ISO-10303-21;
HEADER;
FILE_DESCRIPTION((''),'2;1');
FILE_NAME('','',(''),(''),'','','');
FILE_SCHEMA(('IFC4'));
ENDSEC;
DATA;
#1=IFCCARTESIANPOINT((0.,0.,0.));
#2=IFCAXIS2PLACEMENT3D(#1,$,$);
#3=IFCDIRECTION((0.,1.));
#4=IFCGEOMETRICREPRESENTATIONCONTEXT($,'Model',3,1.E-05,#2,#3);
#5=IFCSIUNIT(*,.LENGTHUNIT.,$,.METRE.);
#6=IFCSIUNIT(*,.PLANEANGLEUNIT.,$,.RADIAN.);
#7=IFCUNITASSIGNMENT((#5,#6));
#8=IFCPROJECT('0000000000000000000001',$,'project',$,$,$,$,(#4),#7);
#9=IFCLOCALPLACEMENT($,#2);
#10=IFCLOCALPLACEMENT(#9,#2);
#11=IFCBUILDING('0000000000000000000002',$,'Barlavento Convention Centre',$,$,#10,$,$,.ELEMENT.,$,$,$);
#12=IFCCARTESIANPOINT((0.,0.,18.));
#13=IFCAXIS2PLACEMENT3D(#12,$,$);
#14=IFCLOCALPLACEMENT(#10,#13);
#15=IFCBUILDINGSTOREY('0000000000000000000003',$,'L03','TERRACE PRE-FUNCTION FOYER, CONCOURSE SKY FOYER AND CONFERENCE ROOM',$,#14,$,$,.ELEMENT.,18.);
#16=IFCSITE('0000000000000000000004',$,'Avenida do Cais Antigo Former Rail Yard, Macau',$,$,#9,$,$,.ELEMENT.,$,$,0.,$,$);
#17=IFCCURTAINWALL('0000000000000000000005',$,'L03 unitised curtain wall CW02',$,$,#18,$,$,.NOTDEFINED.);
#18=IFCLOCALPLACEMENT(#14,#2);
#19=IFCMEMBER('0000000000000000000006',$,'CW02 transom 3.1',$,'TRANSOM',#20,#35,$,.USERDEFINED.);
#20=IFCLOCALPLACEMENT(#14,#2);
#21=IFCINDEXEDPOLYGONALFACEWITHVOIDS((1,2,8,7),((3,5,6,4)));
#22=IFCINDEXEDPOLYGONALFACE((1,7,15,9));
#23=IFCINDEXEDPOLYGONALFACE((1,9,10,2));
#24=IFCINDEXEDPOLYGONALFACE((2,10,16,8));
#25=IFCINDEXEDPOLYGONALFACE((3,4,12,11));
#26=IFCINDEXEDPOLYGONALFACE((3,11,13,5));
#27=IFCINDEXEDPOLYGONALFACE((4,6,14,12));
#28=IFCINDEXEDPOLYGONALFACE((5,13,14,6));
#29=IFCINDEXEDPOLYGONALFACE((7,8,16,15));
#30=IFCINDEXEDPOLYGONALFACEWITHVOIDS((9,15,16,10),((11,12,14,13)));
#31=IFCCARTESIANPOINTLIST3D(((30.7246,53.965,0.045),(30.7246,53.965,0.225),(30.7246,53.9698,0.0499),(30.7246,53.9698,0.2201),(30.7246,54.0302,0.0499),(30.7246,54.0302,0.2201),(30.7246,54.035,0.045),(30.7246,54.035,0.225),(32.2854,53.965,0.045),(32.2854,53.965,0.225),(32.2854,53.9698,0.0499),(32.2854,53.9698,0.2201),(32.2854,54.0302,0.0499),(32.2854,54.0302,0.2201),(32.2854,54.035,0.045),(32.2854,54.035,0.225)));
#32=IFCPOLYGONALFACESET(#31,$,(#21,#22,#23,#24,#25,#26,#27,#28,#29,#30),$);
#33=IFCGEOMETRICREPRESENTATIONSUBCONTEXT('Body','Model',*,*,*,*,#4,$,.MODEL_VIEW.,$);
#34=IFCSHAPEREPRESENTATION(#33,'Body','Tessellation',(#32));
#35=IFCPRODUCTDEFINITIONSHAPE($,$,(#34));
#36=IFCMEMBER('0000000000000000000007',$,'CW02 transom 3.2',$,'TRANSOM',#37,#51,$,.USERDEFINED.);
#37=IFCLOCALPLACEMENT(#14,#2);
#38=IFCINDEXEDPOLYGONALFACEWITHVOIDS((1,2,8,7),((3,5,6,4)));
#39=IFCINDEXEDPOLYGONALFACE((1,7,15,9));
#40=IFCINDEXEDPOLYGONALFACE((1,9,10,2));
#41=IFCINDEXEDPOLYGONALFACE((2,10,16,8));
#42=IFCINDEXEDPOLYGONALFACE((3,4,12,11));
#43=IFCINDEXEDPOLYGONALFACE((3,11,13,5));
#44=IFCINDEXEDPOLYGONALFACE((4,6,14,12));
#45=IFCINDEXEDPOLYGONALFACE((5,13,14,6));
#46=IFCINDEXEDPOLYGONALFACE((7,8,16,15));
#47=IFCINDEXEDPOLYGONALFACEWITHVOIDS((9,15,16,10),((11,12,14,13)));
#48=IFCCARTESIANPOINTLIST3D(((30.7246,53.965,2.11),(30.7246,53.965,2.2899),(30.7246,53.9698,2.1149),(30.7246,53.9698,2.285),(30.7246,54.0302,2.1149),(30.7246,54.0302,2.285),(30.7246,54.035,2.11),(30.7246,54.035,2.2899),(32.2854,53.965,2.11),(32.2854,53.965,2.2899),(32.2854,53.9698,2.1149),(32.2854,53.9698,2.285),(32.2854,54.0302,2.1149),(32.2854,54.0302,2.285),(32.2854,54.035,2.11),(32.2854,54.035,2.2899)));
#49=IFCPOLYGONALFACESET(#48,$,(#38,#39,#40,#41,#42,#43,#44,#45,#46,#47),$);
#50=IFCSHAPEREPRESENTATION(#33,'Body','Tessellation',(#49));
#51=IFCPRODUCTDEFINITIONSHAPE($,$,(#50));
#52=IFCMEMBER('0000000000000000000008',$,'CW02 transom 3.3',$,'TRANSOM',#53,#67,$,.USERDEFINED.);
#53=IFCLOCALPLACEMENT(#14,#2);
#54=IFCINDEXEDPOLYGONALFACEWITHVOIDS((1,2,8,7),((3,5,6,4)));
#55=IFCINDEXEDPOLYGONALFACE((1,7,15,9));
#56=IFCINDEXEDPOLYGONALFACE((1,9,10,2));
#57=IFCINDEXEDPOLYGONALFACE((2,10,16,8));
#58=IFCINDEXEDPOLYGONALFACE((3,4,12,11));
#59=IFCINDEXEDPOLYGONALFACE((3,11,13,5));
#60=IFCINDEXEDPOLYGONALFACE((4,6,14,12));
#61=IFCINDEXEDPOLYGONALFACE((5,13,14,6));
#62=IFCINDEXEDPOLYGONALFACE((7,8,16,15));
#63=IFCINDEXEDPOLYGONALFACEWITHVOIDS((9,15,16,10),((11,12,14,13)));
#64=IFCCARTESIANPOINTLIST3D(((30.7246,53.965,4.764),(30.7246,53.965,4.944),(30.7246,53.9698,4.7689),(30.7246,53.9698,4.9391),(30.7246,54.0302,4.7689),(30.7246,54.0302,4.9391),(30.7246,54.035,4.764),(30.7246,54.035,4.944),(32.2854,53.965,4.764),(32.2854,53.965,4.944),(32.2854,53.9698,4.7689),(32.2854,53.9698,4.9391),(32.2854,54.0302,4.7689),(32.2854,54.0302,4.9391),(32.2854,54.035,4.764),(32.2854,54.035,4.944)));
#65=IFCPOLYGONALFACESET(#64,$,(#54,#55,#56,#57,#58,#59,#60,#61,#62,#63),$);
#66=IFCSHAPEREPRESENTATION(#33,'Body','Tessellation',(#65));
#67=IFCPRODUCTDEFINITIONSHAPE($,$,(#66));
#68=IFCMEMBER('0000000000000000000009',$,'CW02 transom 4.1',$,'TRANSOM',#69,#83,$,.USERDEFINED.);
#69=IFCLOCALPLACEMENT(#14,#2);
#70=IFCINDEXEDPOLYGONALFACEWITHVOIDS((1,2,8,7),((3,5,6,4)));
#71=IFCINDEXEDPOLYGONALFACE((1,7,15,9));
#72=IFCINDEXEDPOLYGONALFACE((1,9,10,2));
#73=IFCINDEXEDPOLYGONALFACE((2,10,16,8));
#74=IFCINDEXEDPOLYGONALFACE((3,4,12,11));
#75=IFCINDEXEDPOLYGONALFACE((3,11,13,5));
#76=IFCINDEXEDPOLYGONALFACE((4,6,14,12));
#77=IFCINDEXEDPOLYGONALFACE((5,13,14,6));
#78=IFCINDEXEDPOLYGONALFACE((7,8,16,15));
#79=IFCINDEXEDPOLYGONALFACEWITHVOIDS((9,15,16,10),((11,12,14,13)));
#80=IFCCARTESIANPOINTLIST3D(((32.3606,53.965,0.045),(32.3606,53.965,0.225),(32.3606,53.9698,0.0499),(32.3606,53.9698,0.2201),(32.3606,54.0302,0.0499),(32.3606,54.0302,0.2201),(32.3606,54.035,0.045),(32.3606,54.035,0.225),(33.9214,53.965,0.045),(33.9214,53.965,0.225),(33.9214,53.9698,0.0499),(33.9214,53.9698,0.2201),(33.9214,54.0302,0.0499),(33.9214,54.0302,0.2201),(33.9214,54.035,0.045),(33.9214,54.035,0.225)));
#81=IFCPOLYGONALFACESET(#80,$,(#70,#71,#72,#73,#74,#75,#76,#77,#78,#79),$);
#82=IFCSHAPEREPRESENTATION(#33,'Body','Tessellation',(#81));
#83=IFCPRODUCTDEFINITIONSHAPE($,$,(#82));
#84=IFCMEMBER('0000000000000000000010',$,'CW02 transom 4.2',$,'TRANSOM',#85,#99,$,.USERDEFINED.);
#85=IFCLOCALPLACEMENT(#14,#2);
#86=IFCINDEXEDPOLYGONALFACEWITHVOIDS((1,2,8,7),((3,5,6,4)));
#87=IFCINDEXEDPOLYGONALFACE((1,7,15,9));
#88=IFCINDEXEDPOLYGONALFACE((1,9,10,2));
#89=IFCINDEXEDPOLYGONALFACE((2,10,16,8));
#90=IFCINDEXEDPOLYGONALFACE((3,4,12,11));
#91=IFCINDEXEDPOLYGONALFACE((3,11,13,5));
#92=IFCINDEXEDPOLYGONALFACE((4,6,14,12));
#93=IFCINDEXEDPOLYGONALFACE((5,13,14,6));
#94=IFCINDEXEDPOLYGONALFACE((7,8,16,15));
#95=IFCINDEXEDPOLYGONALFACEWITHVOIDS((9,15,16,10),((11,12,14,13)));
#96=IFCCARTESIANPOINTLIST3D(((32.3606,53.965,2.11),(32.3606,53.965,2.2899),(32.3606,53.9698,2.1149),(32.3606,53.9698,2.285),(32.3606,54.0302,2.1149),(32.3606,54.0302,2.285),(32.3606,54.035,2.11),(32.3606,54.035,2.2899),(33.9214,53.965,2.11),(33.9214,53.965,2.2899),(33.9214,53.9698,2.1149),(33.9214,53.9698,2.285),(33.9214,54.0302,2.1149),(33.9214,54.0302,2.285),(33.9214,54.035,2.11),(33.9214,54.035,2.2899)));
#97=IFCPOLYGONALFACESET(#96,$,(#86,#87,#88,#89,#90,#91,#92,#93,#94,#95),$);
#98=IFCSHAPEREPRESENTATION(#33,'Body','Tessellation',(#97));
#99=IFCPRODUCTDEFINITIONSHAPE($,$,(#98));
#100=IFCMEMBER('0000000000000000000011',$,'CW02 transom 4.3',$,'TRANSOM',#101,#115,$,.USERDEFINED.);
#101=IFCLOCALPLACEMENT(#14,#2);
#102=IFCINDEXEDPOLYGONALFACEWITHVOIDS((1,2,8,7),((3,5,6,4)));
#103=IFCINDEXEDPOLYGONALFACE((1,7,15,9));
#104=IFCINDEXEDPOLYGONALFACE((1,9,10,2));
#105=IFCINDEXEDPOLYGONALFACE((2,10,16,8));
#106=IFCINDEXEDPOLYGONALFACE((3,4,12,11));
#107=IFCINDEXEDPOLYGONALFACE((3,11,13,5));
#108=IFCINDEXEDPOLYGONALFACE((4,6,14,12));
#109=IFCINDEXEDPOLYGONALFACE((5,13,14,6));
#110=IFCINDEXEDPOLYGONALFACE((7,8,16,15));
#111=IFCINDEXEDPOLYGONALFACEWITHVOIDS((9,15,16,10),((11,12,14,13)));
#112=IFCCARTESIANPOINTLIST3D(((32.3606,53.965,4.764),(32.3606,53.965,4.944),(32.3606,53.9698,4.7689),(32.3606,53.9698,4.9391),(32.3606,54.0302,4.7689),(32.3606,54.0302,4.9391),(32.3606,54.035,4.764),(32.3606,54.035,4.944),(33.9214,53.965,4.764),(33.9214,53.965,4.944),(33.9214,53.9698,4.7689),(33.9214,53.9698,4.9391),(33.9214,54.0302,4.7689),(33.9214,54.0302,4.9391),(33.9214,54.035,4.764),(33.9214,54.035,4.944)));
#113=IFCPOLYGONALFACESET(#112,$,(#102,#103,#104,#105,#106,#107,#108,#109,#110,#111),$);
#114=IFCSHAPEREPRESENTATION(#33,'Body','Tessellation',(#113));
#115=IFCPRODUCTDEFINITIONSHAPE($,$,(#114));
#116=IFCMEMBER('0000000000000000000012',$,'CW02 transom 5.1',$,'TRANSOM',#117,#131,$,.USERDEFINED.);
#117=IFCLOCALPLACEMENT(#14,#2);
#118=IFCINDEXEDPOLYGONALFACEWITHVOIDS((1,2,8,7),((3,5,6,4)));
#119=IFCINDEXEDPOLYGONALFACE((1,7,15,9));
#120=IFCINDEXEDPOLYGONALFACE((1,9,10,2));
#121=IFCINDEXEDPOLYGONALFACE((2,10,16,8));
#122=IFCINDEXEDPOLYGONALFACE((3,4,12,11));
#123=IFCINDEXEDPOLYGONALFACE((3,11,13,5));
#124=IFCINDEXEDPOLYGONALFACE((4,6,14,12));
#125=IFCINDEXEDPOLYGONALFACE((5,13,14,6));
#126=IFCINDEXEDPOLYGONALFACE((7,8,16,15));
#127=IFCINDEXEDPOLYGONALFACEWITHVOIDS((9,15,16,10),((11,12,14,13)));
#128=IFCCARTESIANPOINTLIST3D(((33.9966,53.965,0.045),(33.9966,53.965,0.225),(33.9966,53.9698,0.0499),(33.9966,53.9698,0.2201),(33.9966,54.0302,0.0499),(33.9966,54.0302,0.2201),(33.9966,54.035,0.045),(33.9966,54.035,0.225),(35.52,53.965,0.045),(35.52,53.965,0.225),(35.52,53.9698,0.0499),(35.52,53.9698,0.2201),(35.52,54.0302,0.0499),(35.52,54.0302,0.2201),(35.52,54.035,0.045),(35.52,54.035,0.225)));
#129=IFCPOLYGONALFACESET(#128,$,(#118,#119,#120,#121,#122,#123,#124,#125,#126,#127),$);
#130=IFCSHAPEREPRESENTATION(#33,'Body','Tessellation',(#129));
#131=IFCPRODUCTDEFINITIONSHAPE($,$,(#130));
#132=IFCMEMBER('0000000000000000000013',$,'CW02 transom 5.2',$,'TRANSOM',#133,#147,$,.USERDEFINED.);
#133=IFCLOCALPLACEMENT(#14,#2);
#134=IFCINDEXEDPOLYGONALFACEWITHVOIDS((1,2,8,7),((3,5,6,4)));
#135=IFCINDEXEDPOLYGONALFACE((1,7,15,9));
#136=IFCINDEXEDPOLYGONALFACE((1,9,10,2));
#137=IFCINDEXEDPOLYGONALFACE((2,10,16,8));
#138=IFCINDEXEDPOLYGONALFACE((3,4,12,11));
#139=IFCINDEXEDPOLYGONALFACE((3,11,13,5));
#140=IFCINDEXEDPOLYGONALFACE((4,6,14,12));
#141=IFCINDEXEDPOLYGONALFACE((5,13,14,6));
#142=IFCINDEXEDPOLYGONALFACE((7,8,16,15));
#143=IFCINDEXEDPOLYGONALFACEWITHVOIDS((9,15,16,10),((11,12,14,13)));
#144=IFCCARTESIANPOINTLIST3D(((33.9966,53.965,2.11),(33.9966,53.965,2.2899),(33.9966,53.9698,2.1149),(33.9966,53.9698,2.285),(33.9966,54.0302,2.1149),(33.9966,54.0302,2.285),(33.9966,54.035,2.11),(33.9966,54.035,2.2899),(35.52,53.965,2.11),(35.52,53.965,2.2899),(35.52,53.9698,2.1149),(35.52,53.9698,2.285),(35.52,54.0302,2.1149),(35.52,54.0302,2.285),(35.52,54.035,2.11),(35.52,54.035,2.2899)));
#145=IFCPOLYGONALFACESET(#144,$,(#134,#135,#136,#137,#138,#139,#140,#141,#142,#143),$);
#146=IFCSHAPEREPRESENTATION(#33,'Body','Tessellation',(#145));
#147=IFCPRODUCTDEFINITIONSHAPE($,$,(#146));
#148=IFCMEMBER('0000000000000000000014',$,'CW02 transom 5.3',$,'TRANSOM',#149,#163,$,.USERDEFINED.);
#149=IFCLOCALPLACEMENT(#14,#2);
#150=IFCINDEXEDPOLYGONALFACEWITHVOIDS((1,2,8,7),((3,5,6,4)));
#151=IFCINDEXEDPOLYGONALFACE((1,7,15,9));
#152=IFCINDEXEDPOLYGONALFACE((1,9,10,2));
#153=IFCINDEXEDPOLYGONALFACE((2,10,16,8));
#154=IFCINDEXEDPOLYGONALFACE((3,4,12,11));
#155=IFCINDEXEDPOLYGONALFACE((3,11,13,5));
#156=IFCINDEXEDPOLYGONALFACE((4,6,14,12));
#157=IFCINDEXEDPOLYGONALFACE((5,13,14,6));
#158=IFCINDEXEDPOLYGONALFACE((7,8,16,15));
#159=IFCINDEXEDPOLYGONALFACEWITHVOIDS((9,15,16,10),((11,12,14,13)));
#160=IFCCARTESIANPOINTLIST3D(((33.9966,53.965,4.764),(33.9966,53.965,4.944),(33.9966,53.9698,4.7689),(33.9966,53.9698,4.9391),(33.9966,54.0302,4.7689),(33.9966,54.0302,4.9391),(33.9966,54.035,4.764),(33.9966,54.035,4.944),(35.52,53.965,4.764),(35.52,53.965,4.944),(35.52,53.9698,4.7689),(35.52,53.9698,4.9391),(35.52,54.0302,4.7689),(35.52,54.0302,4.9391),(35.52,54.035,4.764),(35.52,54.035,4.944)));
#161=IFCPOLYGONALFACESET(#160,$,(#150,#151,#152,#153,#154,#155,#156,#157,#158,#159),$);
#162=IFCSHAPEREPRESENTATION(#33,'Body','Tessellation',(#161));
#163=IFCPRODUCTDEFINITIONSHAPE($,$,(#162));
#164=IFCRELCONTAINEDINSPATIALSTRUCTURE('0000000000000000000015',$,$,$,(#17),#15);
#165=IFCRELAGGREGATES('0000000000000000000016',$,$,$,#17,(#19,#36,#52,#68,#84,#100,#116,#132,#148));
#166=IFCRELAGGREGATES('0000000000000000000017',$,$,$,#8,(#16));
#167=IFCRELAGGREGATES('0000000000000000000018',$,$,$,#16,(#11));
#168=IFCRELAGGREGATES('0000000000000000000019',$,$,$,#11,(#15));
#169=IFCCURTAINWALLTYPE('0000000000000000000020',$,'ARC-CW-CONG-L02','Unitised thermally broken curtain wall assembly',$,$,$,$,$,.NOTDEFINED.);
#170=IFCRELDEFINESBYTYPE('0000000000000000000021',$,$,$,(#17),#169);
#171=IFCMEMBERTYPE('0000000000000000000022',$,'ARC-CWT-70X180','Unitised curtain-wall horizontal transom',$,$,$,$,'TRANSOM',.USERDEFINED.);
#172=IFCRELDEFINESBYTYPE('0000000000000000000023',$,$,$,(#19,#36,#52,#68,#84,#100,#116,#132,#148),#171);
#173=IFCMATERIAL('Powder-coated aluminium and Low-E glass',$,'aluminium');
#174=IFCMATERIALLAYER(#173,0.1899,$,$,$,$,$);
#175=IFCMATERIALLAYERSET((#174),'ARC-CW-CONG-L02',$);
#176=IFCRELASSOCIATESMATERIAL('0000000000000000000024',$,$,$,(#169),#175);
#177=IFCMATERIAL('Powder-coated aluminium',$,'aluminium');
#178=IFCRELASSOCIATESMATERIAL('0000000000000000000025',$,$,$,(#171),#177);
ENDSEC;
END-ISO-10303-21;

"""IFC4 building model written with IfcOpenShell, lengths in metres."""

from ifc_helpers import new_model, si_unit, direction, frame, origin, origin_2d, place, context, subcontext, project, spatial, hollow_rectangle, extrude, material, layer, layer_set, material_profile, profile_set, type_object, element, aggregate, save


model = new_model("IFC4")

# Units and contexts
model_context = context("Model", 3, precision=1e-05, world=origin(), true_north=direction((0.0, 1.0)))
body_context = subcontext(model_context, "Body", "Model", "MODEL_VIEW")
ifc_project = project(units=[si_unit("LENGTHUNIT", "METRE"), si_unit("PLANEANGLEUNIT", "RADIAN")], contexts=[model_context])

# Site, building, storey
site_placement = place(None, origin())
site = spatial("IfcSite", under=ifc_project, at=site_placement, Name="Avenida do Cais Antigo Former Rail Yard, Macau", CompositionType="ELEMENT", RefElevation=0.0)
building_placement = place(site_placement, origin())
building = spatial("IfcBuilding", under=site, at=building_placement, Name="Barlavento Convention Centre", CompositionType="ELEMENT")
storey_placement = place(building_placement, frame((0.0, 0.0, 18.0)))
storey = spatial("IfcBuildingStorey", under=building, at=storey_placement, Name="L03", Description="TERRACE PRE-FUNCTION FOYER, CONCOURSE SKY FOYER AND CONFERENCE ROOM", CompositionType="ELEMENT", Elevation=18.0)

# Curtain wall, members
ifc_material_1 = material(Name="Powder-coated aluminium and Low-E glass", Category="aluminium")
ifc_layer_1 = layer(ifc_material_1, 0.1899)
ifc_layer_set_1 = layer_set([ifc_layer_1], Name="ARC-CW-CONG-L02")
curtain_wall_type = type_object("IfcCurtainWallType", Name="ARC-CW-CONG-L02", Description="Unitised thermally broken curtain wall assembly", PredefinedType="NOTDEFINED", material=ifc_layer_set_1)
curtain_wall_placement = place(storey_placement, origin())
curtain_wall = element("IfcCurtainWall", 1, at=curtain_wall_placement, inside=storey, type_object=curtain_wall_type, Name="L03 unitised curtain wall CW02", PredefinedType="NOTDEFINED")
ifc_material_2 = material(Name="Powder-coated aluminium", Category="aluminium")
ifc_material_profile_1 = material_profile(ifc_material_2, hollow_rectangle(XDim=0.0701, YDim=0.1799, WallThickness=0.0049, at=origin_2d()), Name="AL-TRAN 70x180x5")
ifc_profile_set_1 = profile_set([ifc_material_profile_1], Name="Powder-coated aluminium")
member_type_1 = type_object("IfcMemberType", Name="ARC-CWT-70X180", Description="Unitised curtain-wall horizontal transom", ElementType="TRANSOM", PredefinedType="USERDEFINED", material=ifc_profile_set_1)
member_1_placement = place(storey_placement, frame((30.7246, 54.0, 0.135), z_axis=(1.0, 0.0, 0.0), x_axis=(0.0, 1.0, 0.0)))
member_1 = element("IfcMember", 2, at=member_1_placement, type_object=member_type_1, Name="CW02 transom 3.1", ObjectType="TRANSOM", PredefinedType="USERDEFINED", context=body_context, shape_type="SweptSolid", body=[
    extrude(hollow_rectangle(XDim=0.0701, YDim=0.1799, WallThickness=0.0049, at=origin_2d()), origin(), (0.0, 0.0, 1.0), 1.5608),
])
member_2_placement = place(storey_placement, frame((30.7246, 54.0, 2.2), z_axis=(1.0, 0.0, 0.0), x_axis=(0.0, 1.0, 0.0)))
member_2 = element("IfcMember", 3, at=member_2_placement, type_object=member_type_1, Name="CW02 transom 3.2", ObjectType="TRANSOM", PredefinedType="USERDEFINED", context=body_context, shape_type="SweptSolid", body=[
    extrude(hollow_rectangle(XDim=0.0701, YDim=0.1799, WallThickness=0.0049, at=origin_2d()), origin(), (0.0, 0.0, 1.0), 1.5608),
])
member_3_placement = place(storey_placement, frame((30.7246, 54.0, 4.854), z_axis=(1.0, 0.0, 0.0), x_axis=(0.0, 1.0, 0.0)))
member_3 = element("IfcMember", 4, at=member_3_placement, type_object=member_type_1, Name="CW02 transom 3.3", ObjectType="TRANSOM", PredefinedType="USERDEFINED", context=body_context, shape_type="SweptSolid", body=[
    extrude(hollow_rectangle(XDim=0.0701, YDim=0.1799, WallThickness=0.0049, at=origin_2d()), origin(), (0.0, 0.0, 1.0), 1.5608),
])
member_4_placement = place(storey_placement, frame((32.3606, 54.0, 0.135), z_axis=(1.0, 0.0, 0.0), x_axis=(0.0, 1.0, 0.0)))
member_4 = element("IfcMember", 5, at=member_4_placement, type_object=member_type_1, Name="CW02 transom 4.1", ObjectType="TRANSOM", PredefinedType="USERDEFINED", context=body_context, shape_type="SweptSolid", body=[
    extrude(hollow_rectangle(XDim=0.0701, YDim=0.1799, WallThickness=0.0049, at=origin_2d()), origin(), (0.0, 0.0, 1.0), 1.5608),
])
member_5_placement = place(storey_placement, frame((32.3606, 54.0, 2.2), z_axis=(1.0, 0.0, 0.0), x_axis=(0.0, 1.0, 0.0)))
member_5 = element("IfcMember", 6, at=member_5_placement, type_object=member_type_1, Name="CW02 transom 4.2", ObjectType="TRANSOM", PredefinedType="USERDEFINED", context=body_context, shape_type="SweptSolid", body=[
    extrude(hollow_rectangle(XDim=0.0701, YDim=0.1799, WallThickness=0.0049, at=origin_2d()), origin(), (0.0, 0.0, 1.0), 1.5608),
])
member_6_placement = place(storey_placement, frame((32.3606, 54.0, 4.854), z_axis=(1.0, 0.0, 0.0), x_axis=(0.0, 1.0, 0.0)))
member_6 = element("IfcMember", 7, at=member_6_placement, type_object=member_type_1, Name="CW02 transom 4.3", ObjectType="TRANSOM", PredefinedType="USERDEFINED", context=body_context, shape_type="SweptSolid", body=[
    extrude(hollow_rectangle(XDim=0.0701, YDim=0.1799, WallThickness=0.0049, at=origin_2d()), origin(), (0.0, 0.0, 1.0), 1.5608),
])
member_7_placement = place(storey_placement, frame((33.9966, 54.0, 0.135), z_axis=(1.0, 0.0, 0.0), x_axis=(0.0, 1.0, 0.0)))
member_7 = element("IfcMember", 8, at=member_7_placement, type_object=member_type_1, Name="CW02 transom 5.1", ObjectType="TRANSOM", PredefinedType="USERDEFINED", context=body_context, shape_type="SweptSolid", body=[
    extrude(hollow_rectangle(XDim=0.0701, YDim=0.1799, WallThickness=0.0049, at=origin_2d()), origin(), (0.0, 0.0, 1.0), 1.5234),
])
member_8_placement = place(storey_placement, frame((33.9966, 54.0, 2.2), z_axis=(1.0, 0.0, 0.0), x_axis=(0.0, 1.0, 0.0)))
member_8 = element("IfcMember", 9, at=member_8_placement, type_object=member_type_1, Name="CW02 transom 5.2", ObjectType="TRANSOM", PredefinedType="USERDEFINED", context=body_context, shape_type="SweptSolid", body=[
    extrude(hollow_rectangle(XDim=0.0701, YDim=0.1799, WallThickness=0.0049, at=origin_2d()), origin(), (0.0, 0.0, 1.0), 1.5234),
])
member_9_placement = place(storey_placement, frame((33.9966, 54.0, 4.854), z_axis=(1.0, 0.0, 0.0), x_axis=(0.0, 1.0, 0.0)))
member_9 = element("IfcMember", 10, at=member_9_placement, type_object=member_type_1, Name="CW02 transom 5.3", ObjectType="TRANSOM", PredefinedType="USERDEFINED", context=body_context, shape_type="SweptSolid", body=[
    extrude(hollow_rectangle(XDim=0.0701, YDim=0.1799, WallThickness=0.0049, at=origin_2d()), origin(), (0.0, 0.0, 1.0), 1.5234),
])

aggregate(curtain_wall, [member_1, member_2, member_3, member_4, member_5, member_6, member_7, member_8, member_9])

save(model, "model.ifc")
